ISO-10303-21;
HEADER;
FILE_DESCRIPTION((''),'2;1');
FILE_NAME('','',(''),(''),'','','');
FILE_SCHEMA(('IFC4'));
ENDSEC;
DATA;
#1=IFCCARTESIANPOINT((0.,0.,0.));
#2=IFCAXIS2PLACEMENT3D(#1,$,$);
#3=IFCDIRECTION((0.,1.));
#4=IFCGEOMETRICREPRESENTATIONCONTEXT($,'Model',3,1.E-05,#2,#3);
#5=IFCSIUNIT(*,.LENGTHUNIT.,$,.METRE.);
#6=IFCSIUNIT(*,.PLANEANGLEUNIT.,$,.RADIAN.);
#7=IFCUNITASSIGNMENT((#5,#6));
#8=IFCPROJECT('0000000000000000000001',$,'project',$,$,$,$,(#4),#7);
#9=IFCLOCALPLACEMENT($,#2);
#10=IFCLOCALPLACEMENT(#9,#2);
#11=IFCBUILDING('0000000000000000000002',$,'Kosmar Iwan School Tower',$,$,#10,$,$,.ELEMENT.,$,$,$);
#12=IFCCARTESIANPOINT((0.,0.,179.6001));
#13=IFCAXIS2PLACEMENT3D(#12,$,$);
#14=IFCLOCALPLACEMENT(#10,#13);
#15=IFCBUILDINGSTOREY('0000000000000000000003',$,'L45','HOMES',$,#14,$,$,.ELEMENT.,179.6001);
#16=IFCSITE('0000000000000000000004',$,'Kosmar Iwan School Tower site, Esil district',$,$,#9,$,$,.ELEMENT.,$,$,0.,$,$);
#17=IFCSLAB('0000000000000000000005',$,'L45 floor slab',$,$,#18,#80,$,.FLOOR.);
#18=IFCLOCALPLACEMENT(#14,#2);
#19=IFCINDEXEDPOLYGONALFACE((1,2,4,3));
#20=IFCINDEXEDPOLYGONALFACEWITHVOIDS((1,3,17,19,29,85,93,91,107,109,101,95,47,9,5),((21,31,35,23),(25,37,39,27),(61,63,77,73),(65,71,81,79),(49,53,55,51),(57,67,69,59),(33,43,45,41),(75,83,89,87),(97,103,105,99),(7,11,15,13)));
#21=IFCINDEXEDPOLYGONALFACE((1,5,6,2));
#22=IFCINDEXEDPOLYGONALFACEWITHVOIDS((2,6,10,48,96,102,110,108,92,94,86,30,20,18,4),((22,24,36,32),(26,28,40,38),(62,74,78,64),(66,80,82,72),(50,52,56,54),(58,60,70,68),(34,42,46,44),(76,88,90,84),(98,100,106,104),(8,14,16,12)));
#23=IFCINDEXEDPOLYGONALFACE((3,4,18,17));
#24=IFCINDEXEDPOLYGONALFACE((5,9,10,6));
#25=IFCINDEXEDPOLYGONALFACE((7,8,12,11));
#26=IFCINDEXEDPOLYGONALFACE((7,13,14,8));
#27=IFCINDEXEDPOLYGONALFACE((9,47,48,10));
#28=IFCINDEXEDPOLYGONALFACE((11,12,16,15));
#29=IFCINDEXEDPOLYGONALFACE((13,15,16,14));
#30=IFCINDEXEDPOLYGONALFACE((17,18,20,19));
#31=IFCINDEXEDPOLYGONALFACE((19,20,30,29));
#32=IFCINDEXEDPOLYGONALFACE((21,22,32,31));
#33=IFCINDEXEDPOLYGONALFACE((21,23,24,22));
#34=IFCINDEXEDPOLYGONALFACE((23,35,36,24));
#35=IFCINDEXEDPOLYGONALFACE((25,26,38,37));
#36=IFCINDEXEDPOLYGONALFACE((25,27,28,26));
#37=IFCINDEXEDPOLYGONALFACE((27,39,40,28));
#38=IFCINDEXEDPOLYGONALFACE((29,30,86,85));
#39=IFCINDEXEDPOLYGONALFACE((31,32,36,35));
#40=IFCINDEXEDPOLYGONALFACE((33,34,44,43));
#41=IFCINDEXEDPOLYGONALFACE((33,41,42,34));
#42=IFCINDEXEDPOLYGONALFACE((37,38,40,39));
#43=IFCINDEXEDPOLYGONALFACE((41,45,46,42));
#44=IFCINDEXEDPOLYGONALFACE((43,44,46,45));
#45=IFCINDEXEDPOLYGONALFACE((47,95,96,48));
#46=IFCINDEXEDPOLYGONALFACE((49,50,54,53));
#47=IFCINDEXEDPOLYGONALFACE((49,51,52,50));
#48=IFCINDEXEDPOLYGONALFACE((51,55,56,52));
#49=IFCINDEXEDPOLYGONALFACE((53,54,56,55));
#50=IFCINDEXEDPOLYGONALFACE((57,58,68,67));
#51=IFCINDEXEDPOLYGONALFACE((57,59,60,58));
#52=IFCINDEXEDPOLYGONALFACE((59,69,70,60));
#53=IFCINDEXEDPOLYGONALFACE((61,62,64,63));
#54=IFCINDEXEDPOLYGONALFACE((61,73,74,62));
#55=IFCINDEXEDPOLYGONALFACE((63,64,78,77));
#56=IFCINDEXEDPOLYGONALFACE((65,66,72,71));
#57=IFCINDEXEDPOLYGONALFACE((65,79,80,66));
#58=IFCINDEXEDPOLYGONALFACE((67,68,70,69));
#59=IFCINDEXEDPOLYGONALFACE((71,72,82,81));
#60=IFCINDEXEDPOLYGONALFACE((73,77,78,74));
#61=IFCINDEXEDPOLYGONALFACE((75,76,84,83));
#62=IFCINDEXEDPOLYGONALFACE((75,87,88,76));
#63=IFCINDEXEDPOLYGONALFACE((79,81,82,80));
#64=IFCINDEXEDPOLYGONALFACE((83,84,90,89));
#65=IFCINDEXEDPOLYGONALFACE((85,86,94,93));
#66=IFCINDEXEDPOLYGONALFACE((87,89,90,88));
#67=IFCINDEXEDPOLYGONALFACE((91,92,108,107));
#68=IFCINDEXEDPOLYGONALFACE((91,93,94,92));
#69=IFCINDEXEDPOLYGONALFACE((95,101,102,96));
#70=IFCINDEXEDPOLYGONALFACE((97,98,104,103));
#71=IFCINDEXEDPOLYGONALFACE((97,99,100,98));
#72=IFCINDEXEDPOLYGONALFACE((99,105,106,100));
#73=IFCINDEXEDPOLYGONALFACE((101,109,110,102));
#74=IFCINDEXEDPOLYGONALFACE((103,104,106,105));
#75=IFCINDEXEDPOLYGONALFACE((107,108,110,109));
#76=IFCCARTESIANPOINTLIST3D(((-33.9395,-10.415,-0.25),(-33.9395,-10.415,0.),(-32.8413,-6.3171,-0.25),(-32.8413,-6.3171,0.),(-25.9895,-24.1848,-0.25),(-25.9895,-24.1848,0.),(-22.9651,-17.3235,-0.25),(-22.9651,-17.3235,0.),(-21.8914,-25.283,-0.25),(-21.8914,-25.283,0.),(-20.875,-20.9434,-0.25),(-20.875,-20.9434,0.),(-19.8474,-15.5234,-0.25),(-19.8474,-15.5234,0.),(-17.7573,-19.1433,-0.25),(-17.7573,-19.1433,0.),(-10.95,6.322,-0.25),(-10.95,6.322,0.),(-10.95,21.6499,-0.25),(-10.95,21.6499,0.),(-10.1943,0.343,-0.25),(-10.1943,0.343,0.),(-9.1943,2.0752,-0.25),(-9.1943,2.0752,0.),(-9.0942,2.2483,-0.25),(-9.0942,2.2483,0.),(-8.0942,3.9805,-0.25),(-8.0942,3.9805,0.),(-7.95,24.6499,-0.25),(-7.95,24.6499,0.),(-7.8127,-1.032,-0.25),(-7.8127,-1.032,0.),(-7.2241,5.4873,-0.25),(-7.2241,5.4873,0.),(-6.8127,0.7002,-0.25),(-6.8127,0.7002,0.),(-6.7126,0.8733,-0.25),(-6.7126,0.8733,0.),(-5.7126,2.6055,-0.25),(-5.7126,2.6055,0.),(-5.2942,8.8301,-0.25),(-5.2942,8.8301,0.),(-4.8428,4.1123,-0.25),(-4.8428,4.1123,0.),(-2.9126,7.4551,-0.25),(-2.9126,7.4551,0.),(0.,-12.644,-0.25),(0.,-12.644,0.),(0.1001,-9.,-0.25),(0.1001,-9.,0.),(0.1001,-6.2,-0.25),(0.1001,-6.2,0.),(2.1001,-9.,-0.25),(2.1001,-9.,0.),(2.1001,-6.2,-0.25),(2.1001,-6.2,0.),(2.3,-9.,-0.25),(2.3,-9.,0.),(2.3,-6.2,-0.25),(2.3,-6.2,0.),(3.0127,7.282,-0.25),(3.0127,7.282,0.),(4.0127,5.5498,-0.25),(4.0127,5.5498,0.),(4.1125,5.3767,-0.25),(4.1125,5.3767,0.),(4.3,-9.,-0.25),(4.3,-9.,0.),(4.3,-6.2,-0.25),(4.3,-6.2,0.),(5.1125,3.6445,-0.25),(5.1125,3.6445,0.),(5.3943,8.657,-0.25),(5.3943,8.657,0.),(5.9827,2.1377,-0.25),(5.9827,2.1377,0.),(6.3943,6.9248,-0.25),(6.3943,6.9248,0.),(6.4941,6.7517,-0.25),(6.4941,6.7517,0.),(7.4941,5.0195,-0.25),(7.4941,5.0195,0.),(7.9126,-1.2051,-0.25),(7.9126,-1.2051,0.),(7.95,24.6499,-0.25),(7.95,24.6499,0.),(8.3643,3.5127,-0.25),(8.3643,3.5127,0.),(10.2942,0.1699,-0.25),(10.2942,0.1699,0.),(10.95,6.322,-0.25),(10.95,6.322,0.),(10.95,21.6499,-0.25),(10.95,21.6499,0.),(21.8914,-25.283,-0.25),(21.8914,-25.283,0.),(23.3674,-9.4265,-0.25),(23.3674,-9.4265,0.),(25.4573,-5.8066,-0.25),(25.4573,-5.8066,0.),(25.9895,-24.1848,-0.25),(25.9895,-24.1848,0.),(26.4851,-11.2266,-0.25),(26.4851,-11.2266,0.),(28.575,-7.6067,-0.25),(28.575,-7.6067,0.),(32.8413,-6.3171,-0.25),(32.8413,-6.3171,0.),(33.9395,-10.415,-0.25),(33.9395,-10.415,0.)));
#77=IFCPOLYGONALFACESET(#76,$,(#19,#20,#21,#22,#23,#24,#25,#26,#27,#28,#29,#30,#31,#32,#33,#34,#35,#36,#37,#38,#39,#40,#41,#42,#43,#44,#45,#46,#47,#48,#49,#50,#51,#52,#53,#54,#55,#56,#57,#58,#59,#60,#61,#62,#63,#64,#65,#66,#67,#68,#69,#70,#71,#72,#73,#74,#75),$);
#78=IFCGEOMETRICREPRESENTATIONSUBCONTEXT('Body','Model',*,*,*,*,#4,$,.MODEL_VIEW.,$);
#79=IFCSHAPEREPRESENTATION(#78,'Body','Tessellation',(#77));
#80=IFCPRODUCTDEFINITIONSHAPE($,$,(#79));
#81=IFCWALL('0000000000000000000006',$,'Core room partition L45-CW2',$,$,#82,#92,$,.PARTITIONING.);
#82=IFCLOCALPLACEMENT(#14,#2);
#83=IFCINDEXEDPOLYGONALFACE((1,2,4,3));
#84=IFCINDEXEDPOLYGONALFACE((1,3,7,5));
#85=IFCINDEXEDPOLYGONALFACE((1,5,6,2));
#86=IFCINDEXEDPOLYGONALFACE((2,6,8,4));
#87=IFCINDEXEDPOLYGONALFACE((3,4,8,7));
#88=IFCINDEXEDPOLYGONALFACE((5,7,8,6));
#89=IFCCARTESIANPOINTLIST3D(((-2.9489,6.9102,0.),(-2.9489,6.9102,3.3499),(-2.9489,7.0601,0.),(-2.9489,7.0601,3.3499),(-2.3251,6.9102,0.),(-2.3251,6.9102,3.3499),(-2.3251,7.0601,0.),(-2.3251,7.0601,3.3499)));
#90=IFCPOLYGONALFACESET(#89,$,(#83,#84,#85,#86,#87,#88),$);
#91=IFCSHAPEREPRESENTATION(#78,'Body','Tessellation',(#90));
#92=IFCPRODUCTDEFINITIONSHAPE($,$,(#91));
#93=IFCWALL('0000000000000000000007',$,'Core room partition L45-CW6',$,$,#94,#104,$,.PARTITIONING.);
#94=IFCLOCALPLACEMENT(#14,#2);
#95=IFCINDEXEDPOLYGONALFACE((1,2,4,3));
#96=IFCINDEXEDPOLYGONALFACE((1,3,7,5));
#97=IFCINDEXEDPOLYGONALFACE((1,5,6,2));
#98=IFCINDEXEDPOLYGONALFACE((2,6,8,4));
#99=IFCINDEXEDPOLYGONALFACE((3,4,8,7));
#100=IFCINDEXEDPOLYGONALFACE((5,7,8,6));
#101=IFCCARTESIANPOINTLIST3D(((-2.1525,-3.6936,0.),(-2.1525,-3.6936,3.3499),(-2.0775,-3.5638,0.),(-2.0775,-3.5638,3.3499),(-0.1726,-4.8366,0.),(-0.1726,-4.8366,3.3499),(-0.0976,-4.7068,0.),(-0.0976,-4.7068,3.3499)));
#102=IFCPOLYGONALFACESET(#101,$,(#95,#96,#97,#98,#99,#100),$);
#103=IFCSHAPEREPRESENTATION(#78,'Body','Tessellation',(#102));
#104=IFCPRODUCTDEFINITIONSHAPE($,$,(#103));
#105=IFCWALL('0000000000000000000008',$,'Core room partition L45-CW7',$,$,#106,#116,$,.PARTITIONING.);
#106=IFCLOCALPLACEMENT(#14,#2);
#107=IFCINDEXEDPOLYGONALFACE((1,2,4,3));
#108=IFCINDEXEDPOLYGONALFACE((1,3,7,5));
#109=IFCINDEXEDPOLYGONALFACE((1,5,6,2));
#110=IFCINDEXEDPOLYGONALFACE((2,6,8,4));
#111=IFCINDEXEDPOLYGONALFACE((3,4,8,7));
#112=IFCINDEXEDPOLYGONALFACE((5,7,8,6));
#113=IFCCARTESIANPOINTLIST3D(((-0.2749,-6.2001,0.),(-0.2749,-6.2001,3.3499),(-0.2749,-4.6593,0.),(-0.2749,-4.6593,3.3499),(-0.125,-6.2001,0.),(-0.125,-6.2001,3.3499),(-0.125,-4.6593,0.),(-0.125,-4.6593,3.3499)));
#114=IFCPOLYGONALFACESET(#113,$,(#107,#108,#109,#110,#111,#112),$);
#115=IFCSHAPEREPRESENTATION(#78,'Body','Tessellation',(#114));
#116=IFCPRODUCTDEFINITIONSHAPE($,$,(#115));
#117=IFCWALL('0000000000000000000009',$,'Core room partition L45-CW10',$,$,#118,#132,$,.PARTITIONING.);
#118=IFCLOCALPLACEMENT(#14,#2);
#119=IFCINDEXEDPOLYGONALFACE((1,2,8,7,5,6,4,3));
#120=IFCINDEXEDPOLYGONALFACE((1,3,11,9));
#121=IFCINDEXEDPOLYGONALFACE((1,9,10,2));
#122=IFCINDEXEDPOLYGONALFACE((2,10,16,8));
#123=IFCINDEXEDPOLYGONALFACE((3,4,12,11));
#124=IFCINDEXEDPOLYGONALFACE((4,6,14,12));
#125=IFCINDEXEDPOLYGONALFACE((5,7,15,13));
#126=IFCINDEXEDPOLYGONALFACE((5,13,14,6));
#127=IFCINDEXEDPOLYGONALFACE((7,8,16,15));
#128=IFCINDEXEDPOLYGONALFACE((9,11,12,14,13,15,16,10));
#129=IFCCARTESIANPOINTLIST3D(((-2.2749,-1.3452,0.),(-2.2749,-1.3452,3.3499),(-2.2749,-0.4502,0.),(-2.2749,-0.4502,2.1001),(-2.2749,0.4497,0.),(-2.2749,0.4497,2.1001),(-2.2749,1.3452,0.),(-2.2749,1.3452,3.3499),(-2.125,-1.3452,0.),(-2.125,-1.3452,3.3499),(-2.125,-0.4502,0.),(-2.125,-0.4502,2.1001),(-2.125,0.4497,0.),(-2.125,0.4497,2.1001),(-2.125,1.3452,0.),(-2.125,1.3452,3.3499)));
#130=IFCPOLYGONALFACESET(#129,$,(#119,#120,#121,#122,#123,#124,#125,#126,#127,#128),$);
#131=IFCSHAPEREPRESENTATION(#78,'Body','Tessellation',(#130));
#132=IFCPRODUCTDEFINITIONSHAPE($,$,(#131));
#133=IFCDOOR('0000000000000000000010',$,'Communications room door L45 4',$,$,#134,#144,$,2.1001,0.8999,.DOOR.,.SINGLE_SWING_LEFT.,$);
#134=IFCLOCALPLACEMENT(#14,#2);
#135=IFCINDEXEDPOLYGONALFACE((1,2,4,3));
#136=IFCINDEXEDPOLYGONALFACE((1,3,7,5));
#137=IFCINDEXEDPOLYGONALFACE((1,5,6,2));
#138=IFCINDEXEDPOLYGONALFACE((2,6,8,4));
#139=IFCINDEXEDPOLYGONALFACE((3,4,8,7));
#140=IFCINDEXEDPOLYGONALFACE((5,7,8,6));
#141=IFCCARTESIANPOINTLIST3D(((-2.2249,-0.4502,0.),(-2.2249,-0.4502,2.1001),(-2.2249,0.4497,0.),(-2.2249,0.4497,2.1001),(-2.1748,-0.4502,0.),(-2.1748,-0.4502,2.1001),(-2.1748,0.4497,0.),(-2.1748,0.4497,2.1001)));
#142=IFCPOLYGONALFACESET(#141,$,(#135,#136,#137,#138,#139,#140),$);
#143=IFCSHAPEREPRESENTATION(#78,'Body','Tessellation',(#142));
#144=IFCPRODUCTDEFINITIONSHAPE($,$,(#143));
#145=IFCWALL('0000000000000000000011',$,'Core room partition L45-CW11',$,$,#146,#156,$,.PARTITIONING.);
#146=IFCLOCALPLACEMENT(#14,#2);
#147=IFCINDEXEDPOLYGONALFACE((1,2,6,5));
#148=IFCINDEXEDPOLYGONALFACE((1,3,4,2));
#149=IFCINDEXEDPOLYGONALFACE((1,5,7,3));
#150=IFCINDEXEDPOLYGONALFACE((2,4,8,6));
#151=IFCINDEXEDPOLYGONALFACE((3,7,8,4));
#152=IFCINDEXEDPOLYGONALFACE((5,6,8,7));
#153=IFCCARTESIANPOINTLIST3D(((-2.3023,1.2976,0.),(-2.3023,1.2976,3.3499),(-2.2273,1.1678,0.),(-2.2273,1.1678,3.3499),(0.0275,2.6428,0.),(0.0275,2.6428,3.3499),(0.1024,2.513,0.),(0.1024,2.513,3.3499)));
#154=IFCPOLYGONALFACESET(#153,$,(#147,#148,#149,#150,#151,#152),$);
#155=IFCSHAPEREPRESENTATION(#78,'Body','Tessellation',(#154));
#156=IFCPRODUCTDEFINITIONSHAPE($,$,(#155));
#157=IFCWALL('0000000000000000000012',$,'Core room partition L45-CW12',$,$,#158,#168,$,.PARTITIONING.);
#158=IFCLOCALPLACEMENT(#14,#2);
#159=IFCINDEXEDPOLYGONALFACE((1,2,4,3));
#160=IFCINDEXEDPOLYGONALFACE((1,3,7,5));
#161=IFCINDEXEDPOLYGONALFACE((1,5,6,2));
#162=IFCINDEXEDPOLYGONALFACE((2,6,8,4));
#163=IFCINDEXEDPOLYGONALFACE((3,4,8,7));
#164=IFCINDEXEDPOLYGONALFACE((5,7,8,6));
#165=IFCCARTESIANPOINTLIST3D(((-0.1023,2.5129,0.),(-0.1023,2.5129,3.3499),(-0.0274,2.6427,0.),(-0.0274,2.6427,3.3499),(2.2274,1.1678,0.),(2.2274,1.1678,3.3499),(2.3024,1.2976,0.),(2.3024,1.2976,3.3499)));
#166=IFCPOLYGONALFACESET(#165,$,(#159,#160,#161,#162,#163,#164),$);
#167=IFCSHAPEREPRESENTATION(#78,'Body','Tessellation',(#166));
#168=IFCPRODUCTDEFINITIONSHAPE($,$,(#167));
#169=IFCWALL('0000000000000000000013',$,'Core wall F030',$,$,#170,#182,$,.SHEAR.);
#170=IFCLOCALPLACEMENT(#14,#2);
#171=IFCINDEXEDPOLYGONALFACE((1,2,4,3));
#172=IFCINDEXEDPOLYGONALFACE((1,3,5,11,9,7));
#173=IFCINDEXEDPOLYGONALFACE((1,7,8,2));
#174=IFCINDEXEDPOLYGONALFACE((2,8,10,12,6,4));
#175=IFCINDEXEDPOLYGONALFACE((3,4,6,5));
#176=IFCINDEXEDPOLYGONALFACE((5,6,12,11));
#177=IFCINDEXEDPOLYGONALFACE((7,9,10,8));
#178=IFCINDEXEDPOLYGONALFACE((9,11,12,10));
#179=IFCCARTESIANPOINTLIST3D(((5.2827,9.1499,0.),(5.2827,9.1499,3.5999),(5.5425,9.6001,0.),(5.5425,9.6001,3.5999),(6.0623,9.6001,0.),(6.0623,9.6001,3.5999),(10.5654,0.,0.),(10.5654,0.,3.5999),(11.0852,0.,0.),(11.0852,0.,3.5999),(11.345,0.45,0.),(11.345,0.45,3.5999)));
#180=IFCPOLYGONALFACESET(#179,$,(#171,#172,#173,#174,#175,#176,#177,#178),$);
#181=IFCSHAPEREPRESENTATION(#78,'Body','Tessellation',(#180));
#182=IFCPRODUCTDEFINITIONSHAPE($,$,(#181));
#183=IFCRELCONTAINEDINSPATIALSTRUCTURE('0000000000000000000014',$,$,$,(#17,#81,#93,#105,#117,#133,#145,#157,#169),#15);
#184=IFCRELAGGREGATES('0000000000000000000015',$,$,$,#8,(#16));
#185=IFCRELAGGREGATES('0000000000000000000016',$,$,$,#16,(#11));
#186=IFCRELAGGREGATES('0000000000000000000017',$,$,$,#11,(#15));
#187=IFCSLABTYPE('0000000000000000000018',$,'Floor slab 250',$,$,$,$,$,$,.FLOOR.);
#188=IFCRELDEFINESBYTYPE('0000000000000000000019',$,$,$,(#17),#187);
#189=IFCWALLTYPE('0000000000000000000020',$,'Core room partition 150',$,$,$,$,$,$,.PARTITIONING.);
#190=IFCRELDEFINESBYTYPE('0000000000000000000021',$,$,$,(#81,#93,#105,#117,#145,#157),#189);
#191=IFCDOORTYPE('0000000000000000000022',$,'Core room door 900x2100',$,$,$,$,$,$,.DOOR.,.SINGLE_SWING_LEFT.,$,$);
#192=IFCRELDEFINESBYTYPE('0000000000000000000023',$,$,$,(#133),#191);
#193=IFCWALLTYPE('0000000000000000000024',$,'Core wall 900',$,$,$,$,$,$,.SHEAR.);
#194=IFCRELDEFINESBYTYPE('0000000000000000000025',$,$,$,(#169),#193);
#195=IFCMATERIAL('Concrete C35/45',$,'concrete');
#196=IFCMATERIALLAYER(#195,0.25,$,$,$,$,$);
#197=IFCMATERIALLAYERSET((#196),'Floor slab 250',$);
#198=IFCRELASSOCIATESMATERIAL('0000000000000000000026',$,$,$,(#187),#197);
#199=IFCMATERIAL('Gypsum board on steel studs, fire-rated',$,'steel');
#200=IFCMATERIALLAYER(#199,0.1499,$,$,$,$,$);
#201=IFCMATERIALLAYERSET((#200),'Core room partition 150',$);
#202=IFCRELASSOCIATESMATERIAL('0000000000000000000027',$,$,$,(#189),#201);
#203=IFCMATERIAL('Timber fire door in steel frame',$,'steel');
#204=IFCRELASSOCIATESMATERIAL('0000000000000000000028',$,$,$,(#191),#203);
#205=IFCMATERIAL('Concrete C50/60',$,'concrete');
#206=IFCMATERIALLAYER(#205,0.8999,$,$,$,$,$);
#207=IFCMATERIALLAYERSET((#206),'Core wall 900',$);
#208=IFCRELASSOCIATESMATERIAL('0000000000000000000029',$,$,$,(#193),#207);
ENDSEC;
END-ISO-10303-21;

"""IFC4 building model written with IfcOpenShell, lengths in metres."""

from ifc_helpers import new_model, si_unit, direction, frame, frame_2d, origin, place, context, subcontext, project, spatial, polyline, rectangle, outline, extrude, material, layer, layer_set, type_object, element, fill, save


model = new_model("IFC4")

# Units and contexts
model_context = context("Model", 3, precision=1e-05, world=origin(), true_north=direction((0.0, 1.0)))
body_context = subcontext(model_context, "Body", "Model", "MODEL_VIEW")
ifc_project = project(units=[si_unit("LENGTHUNIT", "METRE"), si_unit("PLANEANGLEUNIT", "RADIAN")], contexts=[model_context])

# Site, building, storey
site_placement = place(None, origin())
site = spatial("IfcSite", under=ifc_project, at=site_placement, Name="Kosmar Iwan School Tower site, Esil district", CompositionType="ELEMENT", RefElevation=0.0)
building_placement = place(site_placement, origin())
building = spatial("IfcBuilding", under=site, at=building_placement, Name="Kosmar Iwan School Tower", CompositionType="ELEMENT")
storey_placement = place(building_placement, frame((0.0, 0.0, 179.6001)))
storey = spatial("IfcBuildingStorey", under=building, at=storey_placement, Name="L45", Description="HOMES", CompositionType="ELEMENT", Elevation=179.6001)

# Slab
ifc_material_1 = material(Name="Concrete C35/45", Category="concrete")
ifc_layer_1 = layer(ifc_material_1, 0.25)
ifc_layer_set_1 = layer_set([ifc_layer_1], Name="Floor slab 250")
slab_type = type_object("IfcSlabType", Name="Floor slab 250", PredefinedType="FLOOR", material=ifc_layer_set_1)
slab_placement = place(storey_placement, frame((0.0, 0.0, -0.25)))
element("IfcSlab", 1, at=slab_placement, inside=storey, type_object=slab_type, Name="L45 floor slab", PredefinedType="FLOOR", context=body_context, shape_type="SweptSolid", body=[
    extrude(outline(polyline([(-21.8914, -25.283), (0.0, -12.644), (21.8914, -25.283), (25.9895, -24.1848), (33.9395, -10.415), (32.8413, -6.3171), (10.95, 6.322), (10.95, 21.6499), (7.95, 24.6499), (-7.95, 24.6499), (-10.95, 21.6499), (-10.95, 6.322), (-32.8413, -6.3171), (-33.9395, -10.415), (-25.9895, -24.1848), (-21.8914, -25.283)]), holes=[polyline([(7.9126, -1.2051), (10.2942, 0.1699), (8.3643, 3.5127), (5.9827, 2.1377), (7.9126, -1.2051)]), polyline([(-2.9126, 7.4551), (-5.2942, 8.8301), (-7.2241, 5.4873), (-4.8428, 4.1123), (-2.9126, 7.4551)]), polyline([(-5.7126, 2.6055), (-8.0942, 3.9805), (-9.0942, 2.2483), (-6.7126, 0.8733), (-5.7126, 2.6055)]), polyline([(-6.8127, 0.7002), (-9.1943, 2.0752), (-10.1943, 0.343), (-7.8127, -1.032), (-6.8127, 0.7002)]), polyline([(5.1125, 3.6445), (7.4941, 5.0195), (6.4941, 6.7517), (4.1125, 5.3767), (5.1125, 3.6445)]), polyline([(4.0127, 5.5498), (6.3943, 6.9248), (5.3943, 8.657), (3.0127, 7.282), (4.0127, 5.5498)]), polyline([(0.1001, -6.2), (0.1001, -9.0), (2.1001, -9.0), (2.1001, -6.2), (0.1001, -6.2)]), polyline([(2.3, -6.2), (2.3, -9.0), (4.3, -9.0), (4.3, -6.2), (2.3, -6.2)]), polyline([(-19.8474, -15.5234), (-22.9651, -17.3235), (-20.875, -20.9434), (-17.7573, -19.1433), (-19.8474, -15.5234)]), polyline([(23.3674, -9.4265), (26.4851, -11.2266), (28.575, -7.6067), (25.4573, -5.8066), (23.3674, -9.4265)])]), origin(), (0.0, 0.0, 1.0), 0.25),
])

# Walls
ifc_material_2 = material(Name="Gypsum board on steel studs, fire-rated", Category="steel")
ifc_layer_2 = layer(ifc_material_2, 0.1499)
ifc_layer_set_2 = layer_set([ifc_layer_2], Name="Core room partition 150")
wall_type_1 = type_object("IfcWallType", Name="Core room partition 150", PredefinedType="PARTITIONING", material=ifc_layer_set_2)
wall_1_placement = place(storey_placement, frame((-2.325, 6.9851, 0.0), z_axis=(0.0, 0.0, 1.0), x_axis=(-1.0, 0.0, 0.0)))
element("IfcWall", 2, at=wall_1_placement, inside=storey, type_object=wall_type_1, Name="Core room partition L45-CW2", PredefinedType="PARTITIONING", context=body_context, shape_type="SweptSolid", body=[
    extrude(rectangle(XDim=0.6238, YDim=0.1499, at=frame_2d((0.312, 0.0))), origin(), (0.0, 0.0, 1.0), 3.3499),
])
wall_2_placement = place(storey_placement, frame((-2.115, -3.6287, 0.0), z_axis=(0.0, 0.0, 1.0), x_axis=(0.86604, -0.499975, 0.0)))
element("IfcWall", 3, at=wall_2_placement, inside=storey, type_object=wall_type_1, Name="Core room partition L45-CW6", PredefinedType="PARTITIONING", context=body_context, shape_type="SweptSolid", body=[
    extrude(rectangle(XDim=2.2861, YDim=0.1499, at=frame_2d((1.1431, 0.0))), origin(), (0.0, 0.0, 1.0), 3.3499),
])
wall_3_placement = place(storey_placement, frame((-0.2, -4.6592, 0.0), z_axis=(0.0, 0.0, 1.0), x_axis=(0.0, -1.0, 0.0)))
element("IfcWall", 4, at=wall_3_placement, inside=storey, type_object=wall_type_1, Name="Core room partition L45-CW7", PredefinedType="PARTITIONING", context=body_context, shape_type="SweptSolid", body=[
    extrude(rectangle(XDim=1.5408, YDim=0.1499, at=frame_2d((0.7705, 0.0))), origin(), (0.0, 0.0, 1.0), 3.3499),
])

# Wall, opening, door
wall_4_placement = place(storey_placement, frame((-2.2, -1.3452, 0.0), z_axis=(0.0, 0.0, 1.0), x_axis=(0.0, 1.0, 0.0)))
wall_4 = element("IfcWall", 5, at=wall_4_placement, inside=storey, type_object=wall_type_1, Name="Core room partition L45-CW10", PredefinedType="PARTITIONING", context=body_context, shape_type="SweptSolid", body=[
    extrude(rectangle(XDim=2.6904, YDim=0.1499, at=frame_2d((1.3452, 0.0))), origin(), (0.0, 0.0, 1.0), 3.3499),
])
opening_1_placement = place(wall_4_placement, frame((0.895, 0.0, 0.0)))
opening_1 = element("IfcOpeningElement", 6, at=opening_1_placement, cuts=wall_4, PredefinedType="OPENING", context=body_context, shape_type="SweptSolid", body=[
    extrude(rectangle(XDim=0.8999, YDim=2.1001, at=frame_2d((0.45, 1.05))), frame((0.0, 0.0869, 0.0), z_axis=(0.0, -1.0, 0.0), x_axis=(1.0, 0.0, 0.0)), (0.0, 0.0, 1.0), 0.1738),
])
ifc_material_3 = material(Name="Timber fire door in steel frame", Category="steel")
door_type_1 = type_object("IfcDoorType", Name="Core room door 900x2100", OperationType="SINGLE_SWING_LEFT", PredefinedType="DOOR", material=ifc_material_3)
door_1_placement = place(opening_1_placement, origin())
door_1 = element("IfcDoor", 7, at=door_1_placement, inside=storey, type_object=door_type_1, Name="Communications room door L45 4", OperationType="SINGLE_SWING_LEFT", OverallHeight=2.1001, OverallWidth=0.8999, PredefinedType="DOOR", context=body_context, shape_type="SweptSolid", body=[
    extrude(rectangle(XDim=0.8999, YDim=2.1001, at=frame_2d((0.45, 1.05))), frame((0.0, 0.0249, 0.0), z_axis=(0.0, -1.0, 0.0), x_axis=(1.0, 0.0, 0.0)), (0.0, 0.0, 1.0), 0.05),
])
fill(opening_1, door_1)

# Walls
for number, where, z_axis, x_axis, name in (
    (8, (-2.2649, 1.2327, 0.0), (0.0, 0.0, 1.0), (0.866012, 0.500024, 0.0), "Core room partition L45-CW11"),
    (9, (-0.0649, 2.5779, 0.0), (0.0, 0.0, 1.0), (0.866012, -0.500024, 0.0), "Core room partition L45-CW12"),
):
    element("IfcWall", number, at=place(storey_placement, frame(where, z_axis=z_axis, x_axis=x_axis)), inside=storey, type_object=wall_type_1, Name=name, PredefinedType="PARTITIONING", context=body_context, shape_type="SweptSolid", body=[
        extrude(rectangle(XDim=2.6902, YDim=0.1499, at=frame_2d((1.3452, 0.0))), origin(), (0.0, 0.0, 1.0), 3.3499),
    ])
ifc_material_4 = material(Name="Concrete C50/60", Category="concrete")
ifc_layer_3 = layer(ifc_material_4, 0.8999)
ifc_layer_set_3 = layer_set([ifc_layer_3], Name="Core wall 900")
wall_type_2 = type_object("IfcWallType", Name="Core wall 900", PredefinedType="SHEAR", material=ifc_layer_set_3)
wall_5_placement = place(storey_placement, origin())
element("IfcWall", 10, at=wall_5_placement, inside=storey, type_object=wall_type_2, Name="Core wall F030", PredefinedType="SHEAR", context=body_context, shape_type="SweptSolid", body=[
    extrude(outline(polyline([(10.5654, 0.0), (11.0852, 0.0), (11.345, 0.45), (6.0623, 9.6001), (5.5425, 9.6001), (5.2827, 9.1499), (10.5654, 0.0)])), origin(), (0.0, 0.0, 1.0), 3.5999),
])

save(model, "model.ifc")
